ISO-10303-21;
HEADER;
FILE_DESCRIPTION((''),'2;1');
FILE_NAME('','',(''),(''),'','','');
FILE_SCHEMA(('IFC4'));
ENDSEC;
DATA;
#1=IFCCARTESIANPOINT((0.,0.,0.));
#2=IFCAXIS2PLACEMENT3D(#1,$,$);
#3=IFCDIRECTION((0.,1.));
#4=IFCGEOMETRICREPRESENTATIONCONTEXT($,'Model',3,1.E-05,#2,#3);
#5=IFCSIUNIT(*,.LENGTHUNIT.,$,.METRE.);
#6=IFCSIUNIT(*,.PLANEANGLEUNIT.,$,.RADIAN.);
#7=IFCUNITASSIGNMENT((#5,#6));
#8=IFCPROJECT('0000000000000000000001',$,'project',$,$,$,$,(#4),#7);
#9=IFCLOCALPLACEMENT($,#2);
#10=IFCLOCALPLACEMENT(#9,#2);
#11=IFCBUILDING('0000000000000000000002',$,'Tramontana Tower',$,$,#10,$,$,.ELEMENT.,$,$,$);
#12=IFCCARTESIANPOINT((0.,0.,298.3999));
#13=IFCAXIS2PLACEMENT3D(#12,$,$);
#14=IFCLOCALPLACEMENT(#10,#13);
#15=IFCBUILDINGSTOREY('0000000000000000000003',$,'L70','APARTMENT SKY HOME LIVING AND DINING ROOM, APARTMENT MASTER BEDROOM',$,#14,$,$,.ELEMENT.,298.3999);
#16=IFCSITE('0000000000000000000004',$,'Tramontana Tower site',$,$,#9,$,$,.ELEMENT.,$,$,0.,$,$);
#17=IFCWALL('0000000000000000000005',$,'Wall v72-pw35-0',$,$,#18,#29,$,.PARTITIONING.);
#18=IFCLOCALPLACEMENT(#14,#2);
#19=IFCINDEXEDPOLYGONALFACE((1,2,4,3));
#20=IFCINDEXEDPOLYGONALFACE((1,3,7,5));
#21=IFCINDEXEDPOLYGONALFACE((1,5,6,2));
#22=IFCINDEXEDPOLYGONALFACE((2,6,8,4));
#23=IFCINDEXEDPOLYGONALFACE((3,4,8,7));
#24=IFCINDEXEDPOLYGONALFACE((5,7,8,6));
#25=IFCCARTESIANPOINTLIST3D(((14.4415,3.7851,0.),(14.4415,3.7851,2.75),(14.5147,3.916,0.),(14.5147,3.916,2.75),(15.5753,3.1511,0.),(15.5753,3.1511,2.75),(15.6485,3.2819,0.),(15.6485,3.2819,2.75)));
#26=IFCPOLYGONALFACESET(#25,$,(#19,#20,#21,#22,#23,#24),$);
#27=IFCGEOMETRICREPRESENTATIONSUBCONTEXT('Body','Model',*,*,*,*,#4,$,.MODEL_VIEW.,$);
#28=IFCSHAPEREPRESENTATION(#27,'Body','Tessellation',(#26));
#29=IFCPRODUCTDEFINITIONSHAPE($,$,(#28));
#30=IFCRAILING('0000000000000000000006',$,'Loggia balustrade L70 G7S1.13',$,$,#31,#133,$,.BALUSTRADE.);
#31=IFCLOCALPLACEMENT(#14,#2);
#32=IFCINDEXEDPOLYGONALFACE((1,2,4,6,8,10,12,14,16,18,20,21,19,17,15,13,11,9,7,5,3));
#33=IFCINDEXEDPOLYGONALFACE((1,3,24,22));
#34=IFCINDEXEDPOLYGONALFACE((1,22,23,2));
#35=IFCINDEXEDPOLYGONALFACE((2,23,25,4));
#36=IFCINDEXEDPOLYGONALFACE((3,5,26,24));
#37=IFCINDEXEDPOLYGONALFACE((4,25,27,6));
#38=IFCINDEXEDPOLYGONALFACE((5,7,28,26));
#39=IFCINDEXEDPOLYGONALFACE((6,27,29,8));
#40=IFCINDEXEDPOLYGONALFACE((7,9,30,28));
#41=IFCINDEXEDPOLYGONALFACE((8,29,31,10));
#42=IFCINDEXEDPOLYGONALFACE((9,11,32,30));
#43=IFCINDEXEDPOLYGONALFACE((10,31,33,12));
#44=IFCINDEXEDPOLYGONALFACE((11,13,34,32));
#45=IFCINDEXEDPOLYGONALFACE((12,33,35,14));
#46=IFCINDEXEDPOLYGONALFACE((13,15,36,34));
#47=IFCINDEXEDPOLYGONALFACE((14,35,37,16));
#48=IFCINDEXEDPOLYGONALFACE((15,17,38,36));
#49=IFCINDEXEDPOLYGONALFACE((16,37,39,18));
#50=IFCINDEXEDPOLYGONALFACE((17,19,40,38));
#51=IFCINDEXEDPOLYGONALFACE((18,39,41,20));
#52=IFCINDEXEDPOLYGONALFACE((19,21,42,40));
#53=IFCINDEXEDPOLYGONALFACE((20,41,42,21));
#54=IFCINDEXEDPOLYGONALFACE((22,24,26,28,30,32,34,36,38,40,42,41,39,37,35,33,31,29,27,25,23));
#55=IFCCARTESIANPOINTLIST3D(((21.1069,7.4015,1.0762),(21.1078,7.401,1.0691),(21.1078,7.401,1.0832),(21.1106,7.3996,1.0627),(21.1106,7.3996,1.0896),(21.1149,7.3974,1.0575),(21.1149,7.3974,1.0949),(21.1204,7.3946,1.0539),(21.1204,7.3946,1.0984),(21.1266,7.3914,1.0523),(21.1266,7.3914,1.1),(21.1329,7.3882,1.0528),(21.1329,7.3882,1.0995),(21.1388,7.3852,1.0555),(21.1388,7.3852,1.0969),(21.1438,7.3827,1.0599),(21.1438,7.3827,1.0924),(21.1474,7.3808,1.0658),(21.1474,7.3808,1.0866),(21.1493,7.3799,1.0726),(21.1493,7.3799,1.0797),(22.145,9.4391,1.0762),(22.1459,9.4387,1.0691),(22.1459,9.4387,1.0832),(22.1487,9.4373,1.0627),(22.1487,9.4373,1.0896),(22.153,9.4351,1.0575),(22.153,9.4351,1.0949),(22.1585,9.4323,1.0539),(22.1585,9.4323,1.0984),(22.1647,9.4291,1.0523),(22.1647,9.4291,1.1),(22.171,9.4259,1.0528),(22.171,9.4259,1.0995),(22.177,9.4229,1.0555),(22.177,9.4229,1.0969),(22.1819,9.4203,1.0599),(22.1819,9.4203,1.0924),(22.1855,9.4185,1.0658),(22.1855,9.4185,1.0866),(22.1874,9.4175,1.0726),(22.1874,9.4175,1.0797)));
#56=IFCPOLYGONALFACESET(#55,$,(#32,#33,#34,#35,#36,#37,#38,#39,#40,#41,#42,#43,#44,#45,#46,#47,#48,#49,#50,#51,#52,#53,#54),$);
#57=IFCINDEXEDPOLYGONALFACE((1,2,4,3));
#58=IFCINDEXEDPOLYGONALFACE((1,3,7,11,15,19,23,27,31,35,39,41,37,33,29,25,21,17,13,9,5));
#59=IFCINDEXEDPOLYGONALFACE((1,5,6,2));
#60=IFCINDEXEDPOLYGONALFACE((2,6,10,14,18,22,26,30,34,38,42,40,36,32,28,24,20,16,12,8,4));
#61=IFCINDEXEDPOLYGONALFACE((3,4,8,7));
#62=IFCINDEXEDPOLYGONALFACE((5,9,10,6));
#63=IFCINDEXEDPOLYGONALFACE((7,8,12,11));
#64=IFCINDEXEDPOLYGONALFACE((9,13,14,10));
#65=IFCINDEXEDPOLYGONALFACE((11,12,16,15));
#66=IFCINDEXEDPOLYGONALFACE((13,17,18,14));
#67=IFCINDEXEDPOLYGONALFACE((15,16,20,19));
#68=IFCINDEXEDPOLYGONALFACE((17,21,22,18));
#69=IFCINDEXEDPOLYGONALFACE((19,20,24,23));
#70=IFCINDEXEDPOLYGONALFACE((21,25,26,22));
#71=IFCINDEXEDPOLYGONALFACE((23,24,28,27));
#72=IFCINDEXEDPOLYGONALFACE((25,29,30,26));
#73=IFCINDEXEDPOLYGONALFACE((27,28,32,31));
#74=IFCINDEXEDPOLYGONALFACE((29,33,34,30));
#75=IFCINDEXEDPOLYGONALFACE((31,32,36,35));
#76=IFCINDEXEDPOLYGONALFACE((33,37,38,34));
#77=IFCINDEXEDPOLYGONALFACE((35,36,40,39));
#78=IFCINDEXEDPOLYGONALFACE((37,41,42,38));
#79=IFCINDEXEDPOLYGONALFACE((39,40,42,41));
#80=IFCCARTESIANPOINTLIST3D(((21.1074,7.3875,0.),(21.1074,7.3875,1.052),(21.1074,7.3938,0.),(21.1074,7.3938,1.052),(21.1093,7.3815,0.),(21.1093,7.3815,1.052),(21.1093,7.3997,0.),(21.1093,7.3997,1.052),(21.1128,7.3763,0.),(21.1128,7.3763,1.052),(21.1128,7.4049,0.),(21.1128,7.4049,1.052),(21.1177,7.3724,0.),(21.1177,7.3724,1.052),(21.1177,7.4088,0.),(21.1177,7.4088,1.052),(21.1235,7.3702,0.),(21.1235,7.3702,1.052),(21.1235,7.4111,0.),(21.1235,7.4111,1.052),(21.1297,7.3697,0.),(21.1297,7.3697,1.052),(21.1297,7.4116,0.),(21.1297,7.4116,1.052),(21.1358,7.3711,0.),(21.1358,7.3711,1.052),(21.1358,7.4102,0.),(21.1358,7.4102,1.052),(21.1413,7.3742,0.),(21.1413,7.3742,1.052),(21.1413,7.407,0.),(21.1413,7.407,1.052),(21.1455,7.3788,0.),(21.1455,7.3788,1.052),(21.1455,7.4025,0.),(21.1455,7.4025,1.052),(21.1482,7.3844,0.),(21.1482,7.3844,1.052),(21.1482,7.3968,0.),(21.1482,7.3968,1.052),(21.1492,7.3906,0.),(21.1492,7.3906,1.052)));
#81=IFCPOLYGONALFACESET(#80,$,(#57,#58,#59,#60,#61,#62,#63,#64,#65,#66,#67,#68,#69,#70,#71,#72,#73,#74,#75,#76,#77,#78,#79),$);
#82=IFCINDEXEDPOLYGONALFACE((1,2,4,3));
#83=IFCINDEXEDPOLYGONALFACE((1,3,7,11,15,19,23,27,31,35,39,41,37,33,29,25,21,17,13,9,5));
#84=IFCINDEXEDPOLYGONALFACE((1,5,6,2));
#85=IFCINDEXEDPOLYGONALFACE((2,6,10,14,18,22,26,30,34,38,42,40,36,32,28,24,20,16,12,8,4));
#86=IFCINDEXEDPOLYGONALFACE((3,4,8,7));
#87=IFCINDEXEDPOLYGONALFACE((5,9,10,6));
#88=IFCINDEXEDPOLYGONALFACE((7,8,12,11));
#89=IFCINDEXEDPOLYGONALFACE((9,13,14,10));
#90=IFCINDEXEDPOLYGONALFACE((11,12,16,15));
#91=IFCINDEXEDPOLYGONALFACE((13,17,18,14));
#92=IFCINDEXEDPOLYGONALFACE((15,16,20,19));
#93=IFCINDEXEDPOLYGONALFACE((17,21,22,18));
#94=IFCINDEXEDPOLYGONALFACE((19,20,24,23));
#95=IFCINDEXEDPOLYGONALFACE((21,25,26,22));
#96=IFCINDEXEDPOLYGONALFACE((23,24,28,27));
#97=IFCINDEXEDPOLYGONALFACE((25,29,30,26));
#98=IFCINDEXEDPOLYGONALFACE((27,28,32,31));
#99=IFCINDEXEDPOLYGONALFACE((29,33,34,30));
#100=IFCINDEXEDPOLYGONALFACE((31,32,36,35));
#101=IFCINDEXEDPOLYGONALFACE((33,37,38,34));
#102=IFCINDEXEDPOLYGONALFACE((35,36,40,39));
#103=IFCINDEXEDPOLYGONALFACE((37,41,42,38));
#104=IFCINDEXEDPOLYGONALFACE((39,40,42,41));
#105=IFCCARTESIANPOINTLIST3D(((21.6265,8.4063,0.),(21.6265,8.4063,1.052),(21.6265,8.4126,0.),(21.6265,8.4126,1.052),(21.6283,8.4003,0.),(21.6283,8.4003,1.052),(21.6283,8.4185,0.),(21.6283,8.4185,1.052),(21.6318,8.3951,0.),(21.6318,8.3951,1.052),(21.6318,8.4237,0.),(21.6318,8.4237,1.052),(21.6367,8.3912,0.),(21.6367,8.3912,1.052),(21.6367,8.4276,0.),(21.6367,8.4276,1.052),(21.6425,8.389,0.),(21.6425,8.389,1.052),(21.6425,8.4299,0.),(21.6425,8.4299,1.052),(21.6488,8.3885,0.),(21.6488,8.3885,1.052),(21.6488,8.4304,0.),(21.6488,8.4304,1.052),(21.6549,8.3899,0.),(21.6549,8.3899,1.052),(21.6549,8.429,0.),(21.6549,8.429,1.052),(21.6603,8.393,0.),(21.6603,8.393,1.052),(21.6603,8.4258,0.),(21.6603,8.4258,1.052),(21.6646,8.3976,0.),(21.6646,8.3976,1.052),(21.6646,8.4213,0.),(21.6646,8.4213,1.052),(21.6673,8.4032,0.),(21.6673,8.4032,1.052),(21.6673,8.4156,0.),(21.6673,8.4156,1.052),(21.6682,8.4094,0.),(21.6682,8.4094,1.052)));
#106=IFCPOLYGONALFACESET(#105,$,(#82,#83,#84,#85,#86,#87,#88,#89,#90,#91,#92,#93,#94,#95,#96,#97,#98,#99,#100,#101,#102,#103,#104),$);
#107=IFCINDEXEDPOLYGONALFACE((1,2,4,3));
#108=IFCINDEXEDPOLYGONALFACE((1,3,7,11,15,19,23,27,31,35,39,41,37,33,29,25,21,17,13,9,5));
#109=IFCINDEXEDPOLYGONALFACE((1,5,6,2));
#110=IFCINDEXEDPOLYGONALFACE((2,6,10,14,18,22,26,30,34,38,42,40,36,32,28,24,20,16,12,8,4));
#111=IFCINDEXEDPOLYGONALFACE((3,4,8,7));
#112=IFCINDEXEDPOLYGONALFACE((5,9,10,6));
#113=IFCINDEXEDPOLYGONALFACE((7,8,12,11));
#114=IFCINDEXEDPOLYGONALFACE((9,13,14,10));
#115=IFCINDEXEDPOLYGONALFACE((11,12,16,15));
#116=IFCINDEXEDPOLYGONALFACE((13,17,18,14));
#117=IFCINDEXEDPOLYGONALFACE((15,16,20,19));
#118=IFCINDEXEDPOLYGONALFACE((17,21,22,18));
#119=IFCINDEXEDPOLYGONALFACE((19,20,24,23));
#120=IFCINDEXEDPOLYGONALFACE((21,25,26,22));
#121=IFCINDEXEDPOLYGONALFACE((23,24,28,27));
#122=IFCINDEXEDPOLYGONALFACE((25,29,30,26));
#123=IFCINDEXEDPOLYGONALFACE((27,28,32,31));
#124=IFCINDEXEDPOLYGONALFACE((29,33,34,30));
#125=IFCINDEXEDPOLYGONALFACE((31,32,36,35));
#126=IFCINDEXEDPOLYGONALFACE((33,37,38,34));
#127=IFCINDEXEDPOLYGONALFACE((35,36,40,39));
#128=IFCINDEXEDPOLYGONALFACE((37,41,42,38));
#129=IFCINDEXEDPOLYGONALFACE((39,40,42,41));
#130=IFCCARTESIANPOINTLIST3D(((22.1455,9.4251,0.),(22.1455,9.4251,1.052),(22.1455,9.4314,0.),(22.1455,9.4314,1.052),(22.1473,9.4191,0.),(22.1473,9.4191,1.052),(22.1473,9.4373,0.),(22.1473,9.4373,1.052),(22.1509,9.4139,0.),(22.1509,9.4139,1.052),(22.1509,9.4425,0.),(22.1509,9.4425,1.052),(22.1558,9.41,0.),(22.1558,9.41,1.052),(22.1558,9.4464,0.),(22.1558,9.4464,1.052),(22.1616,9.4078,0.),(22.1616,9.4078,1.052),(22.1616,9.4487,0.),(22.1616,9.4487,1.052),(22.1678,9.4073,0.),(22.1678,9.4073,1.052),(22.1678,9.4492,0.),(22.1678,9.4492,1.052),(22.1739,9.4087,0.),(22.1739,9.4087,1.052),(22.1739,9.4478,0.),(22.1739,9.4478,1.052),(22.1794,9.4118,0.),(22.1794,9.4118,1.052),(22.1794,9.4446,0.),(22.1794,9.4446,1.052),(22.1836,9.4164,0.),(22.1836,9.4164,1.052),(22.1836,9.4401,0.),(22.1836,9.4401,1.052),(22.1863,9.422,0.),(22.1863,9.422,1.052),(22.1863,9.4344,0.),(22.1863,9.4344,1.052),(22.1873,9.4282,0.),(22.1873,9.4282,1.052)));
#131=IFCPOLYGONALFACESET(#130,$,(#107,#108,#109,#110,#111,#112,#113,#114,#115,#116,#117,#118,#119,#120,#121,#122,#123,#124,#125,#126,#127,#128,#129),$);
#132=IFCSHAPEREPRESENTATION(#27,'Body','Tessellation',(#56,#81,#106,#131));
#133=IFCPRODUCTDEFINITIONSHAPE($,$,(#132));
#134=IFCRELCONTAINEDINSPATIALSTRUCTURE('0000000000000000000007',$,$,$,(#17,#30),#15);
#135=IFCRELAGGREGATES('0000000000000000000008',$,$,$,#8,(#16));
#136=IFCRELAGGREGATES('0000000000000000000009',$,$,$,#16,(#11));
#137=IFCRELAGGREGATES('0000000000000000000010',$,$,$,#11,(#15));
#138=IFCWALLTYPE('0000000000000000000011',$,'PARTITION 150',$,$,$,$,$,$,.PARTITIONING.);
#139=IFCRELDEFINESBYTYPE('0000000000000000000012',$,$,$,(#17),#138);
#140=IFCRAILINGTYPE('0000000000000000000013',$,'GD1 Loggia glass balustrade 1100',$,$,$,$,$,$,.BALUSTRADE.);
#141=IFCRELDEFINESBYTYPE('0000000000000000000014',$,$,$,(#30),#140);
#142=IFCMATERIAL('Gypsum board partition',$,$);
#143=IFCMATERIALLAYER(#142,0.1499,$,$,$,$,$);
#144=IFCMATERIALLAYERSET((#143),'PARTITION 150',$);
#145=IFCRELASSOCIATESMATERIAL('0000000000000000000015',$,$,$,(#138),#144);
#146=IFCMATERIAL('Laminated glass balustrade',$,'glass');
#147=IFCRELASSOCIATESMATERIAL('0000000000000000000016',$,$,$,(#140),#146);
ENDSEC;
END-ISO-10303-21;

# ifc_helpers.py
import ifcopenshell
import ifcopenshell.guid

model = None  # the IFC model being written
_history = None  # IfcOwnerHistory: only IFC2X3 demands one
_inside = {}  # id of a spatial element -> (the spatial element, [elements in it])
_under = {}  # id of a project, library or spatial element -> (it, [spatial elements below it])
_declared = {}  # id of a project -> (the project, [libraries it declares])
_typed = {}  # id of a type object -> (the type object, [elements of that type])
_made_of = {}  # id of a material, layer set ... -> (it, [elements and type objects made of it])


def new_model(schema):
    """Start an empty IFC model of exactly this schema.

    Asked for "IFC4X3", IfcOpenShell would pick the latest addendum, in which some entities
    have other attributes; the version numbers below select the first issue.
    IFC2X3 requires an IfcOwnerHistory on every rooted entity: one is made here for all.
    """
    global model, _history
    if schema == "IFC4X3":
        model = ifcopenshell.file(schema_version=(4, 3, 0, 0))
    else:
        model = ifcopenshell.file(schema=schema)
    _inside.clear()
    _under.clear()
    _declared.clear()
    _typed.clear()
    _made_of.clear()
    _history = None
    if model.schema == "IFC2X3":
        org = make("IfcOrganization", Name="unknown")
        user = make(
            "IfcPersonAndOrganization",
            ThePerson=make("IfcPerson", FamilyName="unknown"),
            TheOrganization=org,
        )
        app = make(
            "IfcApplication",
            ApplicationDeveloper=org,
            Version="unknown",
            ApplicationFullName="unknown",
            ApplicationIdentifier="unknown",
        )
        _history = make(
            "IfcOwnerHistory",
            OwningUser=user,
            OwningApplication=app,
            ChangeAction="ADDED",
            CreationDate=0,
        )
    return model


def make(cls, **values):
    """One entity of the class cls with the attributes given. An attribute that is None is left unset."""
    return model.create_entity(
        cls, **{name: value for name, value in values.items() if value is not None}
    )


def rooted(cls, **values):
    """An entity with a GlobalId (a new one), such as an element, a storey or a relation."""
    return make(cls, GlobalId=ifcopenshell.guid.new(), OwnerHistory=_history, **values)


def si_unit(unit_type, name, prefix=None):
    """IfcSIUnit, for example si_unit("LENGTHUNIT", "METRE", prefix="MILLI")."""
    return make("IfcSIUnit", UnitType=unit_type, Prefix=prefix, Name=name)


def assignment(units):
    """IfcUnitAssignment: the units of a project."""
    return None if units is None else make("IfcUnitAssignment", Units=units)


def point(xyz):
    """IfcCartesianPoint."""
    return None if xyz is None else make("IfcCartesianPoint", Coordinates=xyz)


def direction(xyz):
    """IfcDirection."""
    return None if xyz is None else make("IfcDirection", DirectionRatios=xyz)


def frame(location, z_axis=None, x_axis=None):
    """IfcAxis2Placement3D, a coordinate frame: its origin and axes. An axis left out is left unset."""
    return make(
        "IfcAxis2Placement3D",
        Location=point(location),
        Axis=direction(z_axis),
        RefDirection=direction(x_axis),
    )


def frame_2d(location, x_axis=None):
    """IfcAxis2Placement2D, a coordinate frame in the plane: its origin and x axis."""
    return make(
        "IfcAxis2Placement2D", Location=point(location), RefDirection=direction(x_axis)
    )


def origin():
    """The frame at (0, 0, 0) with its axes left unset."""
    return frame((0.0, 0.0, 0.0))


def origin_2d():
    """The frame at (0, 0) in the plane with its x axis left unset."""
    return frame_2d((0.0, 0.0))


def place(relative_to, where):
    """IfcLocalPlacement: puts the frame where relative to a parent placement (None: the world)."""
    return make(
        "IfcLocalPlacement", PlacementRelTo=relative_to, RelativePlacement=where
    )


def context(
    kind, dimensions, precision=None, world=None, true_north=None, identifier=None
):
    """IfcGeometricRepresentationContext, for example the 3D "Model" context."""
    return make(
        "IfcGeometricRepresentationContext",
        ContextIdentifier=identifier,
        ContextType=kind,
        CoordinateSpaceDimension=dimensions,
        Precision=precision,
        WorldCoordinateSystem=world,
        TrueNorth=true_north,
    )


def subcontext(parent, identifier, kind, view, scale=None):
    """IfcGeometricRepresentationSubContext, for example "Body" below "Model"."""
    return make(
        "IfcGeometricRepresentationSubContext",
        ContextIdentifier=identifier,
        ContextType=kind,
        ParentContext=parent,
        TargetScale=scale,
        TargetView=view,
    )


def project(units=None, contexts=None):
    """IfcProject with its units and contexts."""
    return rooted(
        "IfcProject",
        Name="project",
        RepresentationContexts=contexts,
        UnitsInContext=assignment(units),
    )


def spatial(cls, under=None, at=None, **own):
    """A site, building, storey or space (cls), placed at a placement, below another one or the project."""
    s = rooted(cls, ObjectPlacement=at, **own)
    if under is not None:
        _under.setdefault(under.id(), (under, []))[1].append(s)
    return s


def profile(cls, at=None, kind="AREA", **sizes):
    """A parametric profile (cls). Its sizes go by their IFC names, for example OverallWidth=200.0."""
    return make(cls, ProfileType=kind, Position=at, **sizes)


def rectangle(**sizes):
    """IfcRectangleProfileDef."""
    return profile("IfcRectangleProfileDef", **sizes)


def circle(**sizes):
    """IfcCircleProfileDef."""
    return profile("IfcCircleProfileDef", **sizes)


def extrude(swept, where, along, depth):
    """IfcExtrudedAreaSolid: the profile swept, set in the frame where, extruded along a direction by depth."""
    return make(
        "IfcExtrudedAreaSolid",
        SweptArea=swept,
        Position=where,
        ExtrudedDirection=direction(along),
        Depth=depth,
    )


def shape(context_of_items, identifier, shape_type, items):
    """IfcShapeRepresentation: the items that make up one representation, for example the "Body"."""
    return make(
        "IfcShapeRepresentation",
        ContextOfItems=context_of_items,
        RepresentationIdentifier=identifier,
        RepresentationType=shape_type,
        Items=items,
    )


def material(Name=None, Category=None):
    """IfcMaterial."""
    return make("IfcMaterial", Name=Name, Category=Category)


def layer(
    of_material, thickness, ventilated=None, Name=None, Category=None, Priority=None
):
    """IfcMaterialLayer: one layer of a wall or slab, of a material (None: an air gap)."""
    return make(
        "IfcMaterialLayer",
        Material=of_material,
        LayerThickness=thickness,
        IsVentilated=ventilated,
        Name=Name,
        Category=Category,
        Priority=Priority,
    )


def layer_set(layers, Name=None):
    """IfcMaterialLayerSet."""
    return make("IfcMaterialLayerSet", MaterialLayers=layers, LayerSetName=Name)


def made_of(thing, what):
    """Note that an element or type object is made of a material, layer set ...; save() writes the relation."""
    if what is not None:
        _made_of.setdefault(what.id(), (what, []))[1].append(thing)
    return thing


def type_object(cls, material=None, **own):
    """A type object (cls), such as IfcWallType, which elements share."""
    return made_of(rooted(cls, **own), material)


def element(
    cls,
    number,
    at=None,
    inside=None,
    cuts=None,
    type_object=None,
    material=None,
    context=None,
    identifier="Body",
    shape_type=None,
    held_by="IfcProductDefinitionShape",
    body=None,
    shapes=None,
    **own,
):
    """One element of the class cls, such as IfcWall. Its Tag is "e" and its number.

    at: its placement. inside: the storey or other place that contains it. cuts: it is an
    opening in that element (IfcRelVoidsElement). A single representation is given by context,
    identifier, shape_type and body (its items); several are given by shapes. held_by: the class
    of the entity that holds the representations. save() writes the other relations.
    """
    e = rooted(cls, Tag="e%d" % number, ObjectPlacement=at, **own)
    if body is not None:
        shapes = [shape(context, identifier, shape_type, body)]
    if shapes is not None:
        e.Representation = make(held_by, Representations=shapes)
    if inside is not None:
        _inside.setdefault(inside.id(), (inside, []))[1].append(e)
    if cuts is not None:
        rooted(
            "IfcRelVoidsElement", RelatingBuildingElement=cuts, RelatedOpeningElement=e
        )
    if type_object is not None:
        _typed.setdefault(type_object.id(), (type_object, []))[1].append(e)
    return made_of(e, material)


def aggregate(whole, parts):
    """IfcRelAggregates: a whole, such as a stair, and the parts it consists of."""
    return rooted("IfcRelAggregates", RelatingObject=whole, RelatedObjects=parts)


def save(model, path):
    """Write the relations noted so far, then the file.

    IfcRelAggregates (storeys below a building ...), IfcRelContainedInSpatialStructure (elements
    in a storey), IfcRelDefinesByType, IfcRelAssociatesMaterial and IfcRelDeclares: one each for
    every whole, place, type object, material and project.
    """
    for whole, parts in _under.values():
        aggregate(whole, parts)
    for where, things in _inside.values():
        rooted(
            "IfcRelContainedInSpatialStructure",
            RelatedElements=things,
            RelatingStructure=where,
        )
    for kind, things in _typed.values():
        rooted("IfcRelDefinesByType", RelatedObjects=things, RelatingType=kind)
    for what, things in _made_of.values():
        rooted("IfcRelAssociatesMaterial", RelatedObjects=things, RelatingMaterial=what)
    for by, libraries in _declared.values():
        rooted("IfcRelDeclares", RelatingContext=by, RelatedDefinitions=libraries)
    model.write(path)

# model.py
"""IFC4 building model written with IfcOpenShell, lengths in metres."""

from ifc_helpers import new_model, si_unit, direction, frame, frame_2d, origin, origin_2d, place, context, subcontext, project, spatial, rectangle, circle, extrude, material, layer, layer_set, type_object, element, save


model = new_model("IFC4")

# Units and contexts
model_context = context("Model", 3, precision=1e-05, world=origin(), true_north=direction((0.0, 1.0)))
body_context = subcontext(model_context, "Body", "Model", "MODEL_VIEW")
ifc_project = project(units=[si_unit("LENGTHUNIT", "METRE"), si_unit("PLANEANGLEUNIT", "RADIAN")], contexts=[model_context])

# Site, building, storey
site_placement = place(None, origin())
site = spatial("IfcSite", under=ifc_project, at=site_placement, Name="Tramontana Tower site", CompositionType="ELEMENT", RefElevation=0.0)
building_placement = place(site_placement, origin())
building = spatial("IfcBuilding", under=site, at=building_placement, Name="Tramontana Tower", CompositionType="ELEMENT")
storey_placement = place(building_placement, frame((0.0, 0.0, 298.3999)))
storey = spatial("IfcBuildingStorey", under=building, at=storey_placement, Name="L70", Description="APARTMENT SKY HOME LIVING AND DINING ROOM, APARTMENT MASTER BEDROOM", CompositionType="ELEMENT", Elevation=298.3999)

# Shared definitions
ifc_material_1 = material(Name="Gypsum board partition")
ifc_layer_1 = layer(ifc_material_1, 0.1499)
ifc_layer_set_1 = layer_set([ifc_layer_1], Name="PARTITION 150")
wall_type_1 = type_object("IfcWallType", Name="PARTITION 150", PredefinedType="PARTITIONING", material=ifc_layer_set_1)

# Wall
wall_1_placement = place(storey_placement, frame((15.6118, 3.2166, 0.0), z_axis=(0.0, 0.0, 1.0), x_axis=(-0.872798, 0.488082, 0.0)))
element("IfcWall", 1, at=wall_1_placement, inside=storey, type_object=wall_type_1, Name="Wall v72-pw35-0", PredefinedType="PARTITIONING", context=body_context, shape_type="SweptSolid", body=[
    extrude(rectangle(XDim=1.2991, YDim=0.1499, at=frame_2d((0.6494, 0.0))), origin(), (0.0, 0.0, 1.0), 2.75),
])

# Railing
ifc_material_2 = material(Name="Laminated glass balustrade", Category="glass")
railing_type = type_object("IfcRailingType", Name="GD1 Loggia glass balustrade 1100", PredefinedType="BALUSTRADE", material=ifc_material_2)
railing_placement = place(storey_placement, frame((21.1282, 7.3906, 0.0)))
element("IfcRailing", 2, at=railing_placement, inside=storey, type_object=railing_type, Name="Loggia balustrade L70 G7S1.13", PredefinedType="BALUSTRADE", context=body_context, shape_type="SweptSolid", body=[
    extrude(circle(Radius=0.0239, at=origin_2d()), frame((0.0, 0.0, 1.0762), z_axis=(0.453948, 0.891028, 0.0), x_axis=(-0.891028, 0.453948, 0.0)), (0.0, 0.0, 1.0), 2.2869),
    extrude(circle(Radius=0.021, at=origin_2d()), origin(), (0.0, 0.0, 1.0), 1.052),
    extrude(circle(Radius=0.021, at=origin_2d()), frame((0.519, 1.0188, 0.0)), (0.0, 0.0, 1.0), 1.052),
    extrude(circle(Radius=0.021, at=origin_2d()), frame((1.0381, 2.0376, 0.0)), (0.0, 0.0, 1.0), 1.052),
])

save(model, "model.ifc")
